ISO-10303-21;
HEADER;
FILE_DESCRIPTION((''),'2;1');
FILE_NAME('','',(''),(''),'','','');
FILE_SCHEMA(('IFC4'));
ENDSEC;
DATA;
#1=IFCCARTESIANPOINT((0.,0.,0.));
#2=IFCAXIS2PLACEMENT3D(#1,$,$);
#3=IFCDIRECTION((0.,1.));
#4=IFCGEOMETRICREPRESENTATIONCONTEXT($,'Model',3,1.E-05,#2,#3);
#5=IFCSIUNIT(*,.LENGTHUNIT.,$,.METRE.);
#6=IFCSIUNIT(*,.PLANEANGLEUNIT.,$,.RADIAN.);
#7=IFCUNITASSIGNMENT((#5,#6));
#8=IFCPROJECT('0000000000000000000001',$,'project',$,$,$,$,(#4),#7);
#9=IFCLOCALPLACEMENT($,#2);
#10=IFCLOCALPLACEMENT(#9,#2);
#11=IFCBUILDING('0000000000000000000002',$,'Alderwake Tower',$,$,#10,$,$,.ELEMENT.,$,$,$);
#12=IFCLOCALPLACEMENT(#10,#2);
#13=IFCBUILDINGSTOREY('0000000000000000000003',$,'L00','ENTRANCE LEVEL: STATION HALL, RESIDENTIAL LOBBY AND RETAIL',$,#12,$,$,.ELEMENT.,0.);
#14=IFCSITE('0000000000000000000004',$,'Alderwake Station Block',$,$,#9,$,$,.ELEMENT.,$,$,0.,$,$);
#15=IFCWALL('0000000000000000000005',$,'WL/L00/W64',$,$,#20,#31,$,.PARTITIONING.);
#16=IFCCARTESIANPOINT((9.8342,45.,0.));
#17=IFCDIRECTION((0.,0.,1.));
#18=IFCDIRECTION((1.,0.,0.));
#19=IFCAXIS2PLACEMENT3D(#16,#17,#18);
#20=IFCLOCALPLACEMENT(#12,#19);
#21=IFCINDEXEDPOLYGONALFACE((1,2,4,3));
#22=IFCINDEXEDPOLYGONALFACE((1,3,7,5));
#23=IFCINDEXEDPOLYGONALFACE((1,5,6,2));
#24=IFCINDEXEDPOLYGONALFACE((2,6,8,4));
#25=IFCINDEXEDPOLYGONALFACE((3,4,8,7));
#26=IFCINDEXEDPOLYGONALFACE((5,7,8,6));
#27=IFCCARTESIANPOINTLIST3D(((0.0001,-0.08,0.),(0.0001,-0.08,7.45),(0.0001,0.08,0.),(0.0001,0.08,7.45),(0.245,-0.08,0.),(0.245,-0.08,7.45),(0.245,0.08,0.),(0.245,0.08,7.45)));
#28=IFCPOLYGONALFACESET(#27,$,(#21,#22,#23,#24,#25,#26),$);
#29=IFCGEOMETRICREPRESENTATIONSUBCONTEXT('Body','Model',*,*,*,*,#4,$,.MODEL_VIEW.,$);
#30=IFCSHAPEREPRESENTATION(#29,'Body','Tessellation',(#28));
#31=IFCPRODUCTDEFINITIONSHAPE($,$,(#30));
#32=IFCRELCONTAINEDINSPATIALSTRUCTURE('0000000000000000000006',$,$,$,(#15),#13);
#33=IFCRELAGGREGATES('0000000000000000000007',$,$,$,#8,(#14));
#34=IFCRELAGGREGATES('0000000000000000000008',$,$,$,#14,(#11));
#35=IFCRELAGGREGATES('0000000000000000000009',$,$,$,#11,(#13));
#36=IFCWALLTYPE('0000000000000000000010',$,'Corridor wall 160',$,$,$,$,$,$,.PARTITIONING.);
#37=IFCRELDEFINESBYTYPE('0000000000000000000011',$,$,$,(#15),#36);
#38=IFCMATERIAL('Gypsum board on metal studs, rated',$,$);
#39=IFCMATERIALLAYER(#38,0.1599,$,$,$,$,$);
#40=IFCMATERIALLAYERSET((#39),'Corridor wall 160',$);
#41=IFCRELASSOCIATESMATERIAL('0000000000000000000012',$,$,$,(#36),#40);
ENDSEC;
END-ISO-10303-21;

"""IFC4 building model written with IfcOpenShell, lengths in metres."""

from ifc_helpers import new_model, si_unit, direction, frame, frame_2d, origin, place, context, subcontext, project, spatial, rectangle, extrude, material, layer, layer_set, type_object, element, save


model = new_model("IFC4")

# Units and contexts
model_context = context("Model", 3, precision=1e-05, world=origin(), true_north=direction((0.0, 1.0)))
body_context = subcontext(model_context, "Body", "Model", "MODEL_VIEW")
ifc_project = project(units=[si_unit("LENGTHUNIT", "METRE"), si_unit("PLANEANGLEUNIT", "RADIAN")], contexts=[model_context])

# Site, building, storey
site_placement = place(None, origin())
site = spatial("IfcSite", under=ifc_project, at=site_placement, Name="Alderwake Station Block", CompositionType="ELEMENT", RefElevation=0.0)
building_placement = place(site_placement, origin())
building = spatial("IfcBuilding", under=site, at=building_placement, Name="Alderwake Tower", CompositionType="ELEMENT")
storey_placement = place(building_placement, origin())
storey = spatial("IfcBuildingStorey", under=building, at=storey_placement, Name="L00", Description="ENTRANCE LEVEL: STATION HALL, RESIDENTIAL LOBBY AND RETAIL", CompositionType="ELEMENT", Elevation=0.0)

# Wall
ifc_material_1 = material(Name="Gypsum board on metal studs, rated")
ifc_layer_1 = layer(ifc_material_1, 0.1599)
ifc_layer_set_1 = layer_set([ifc_layer_1], Name="Corridor wall 160")
wall_type_1 = type_object("IfcWallType", Name="Corridor wall 160", PredefinedType="PARTITIONING", material=ifc_layer_set_1)
wall_1_placement = place(storey_placement, frame((9.8342, 45.0, 0.0), z_axis=(0.0, 0.0, 1.0), x_axis=(1.0, 0.0, 0.0)))
element("IfcWall", 1, at=wall_1_placement, inside=storey, type_object=wall_type_1, Name="WL/L00/W64", PredefinedType="PARTITIONING", context=body_context, shape_type="SweptSolid", body=[
    extrude(rectangle(XDim=0.2449, YDim=0.1599, at=frame_2d((0.1226, 0.0))), origin(), (0.0, 0.0, 1.0), 7.45),
])

save(model, "model.ifc")
